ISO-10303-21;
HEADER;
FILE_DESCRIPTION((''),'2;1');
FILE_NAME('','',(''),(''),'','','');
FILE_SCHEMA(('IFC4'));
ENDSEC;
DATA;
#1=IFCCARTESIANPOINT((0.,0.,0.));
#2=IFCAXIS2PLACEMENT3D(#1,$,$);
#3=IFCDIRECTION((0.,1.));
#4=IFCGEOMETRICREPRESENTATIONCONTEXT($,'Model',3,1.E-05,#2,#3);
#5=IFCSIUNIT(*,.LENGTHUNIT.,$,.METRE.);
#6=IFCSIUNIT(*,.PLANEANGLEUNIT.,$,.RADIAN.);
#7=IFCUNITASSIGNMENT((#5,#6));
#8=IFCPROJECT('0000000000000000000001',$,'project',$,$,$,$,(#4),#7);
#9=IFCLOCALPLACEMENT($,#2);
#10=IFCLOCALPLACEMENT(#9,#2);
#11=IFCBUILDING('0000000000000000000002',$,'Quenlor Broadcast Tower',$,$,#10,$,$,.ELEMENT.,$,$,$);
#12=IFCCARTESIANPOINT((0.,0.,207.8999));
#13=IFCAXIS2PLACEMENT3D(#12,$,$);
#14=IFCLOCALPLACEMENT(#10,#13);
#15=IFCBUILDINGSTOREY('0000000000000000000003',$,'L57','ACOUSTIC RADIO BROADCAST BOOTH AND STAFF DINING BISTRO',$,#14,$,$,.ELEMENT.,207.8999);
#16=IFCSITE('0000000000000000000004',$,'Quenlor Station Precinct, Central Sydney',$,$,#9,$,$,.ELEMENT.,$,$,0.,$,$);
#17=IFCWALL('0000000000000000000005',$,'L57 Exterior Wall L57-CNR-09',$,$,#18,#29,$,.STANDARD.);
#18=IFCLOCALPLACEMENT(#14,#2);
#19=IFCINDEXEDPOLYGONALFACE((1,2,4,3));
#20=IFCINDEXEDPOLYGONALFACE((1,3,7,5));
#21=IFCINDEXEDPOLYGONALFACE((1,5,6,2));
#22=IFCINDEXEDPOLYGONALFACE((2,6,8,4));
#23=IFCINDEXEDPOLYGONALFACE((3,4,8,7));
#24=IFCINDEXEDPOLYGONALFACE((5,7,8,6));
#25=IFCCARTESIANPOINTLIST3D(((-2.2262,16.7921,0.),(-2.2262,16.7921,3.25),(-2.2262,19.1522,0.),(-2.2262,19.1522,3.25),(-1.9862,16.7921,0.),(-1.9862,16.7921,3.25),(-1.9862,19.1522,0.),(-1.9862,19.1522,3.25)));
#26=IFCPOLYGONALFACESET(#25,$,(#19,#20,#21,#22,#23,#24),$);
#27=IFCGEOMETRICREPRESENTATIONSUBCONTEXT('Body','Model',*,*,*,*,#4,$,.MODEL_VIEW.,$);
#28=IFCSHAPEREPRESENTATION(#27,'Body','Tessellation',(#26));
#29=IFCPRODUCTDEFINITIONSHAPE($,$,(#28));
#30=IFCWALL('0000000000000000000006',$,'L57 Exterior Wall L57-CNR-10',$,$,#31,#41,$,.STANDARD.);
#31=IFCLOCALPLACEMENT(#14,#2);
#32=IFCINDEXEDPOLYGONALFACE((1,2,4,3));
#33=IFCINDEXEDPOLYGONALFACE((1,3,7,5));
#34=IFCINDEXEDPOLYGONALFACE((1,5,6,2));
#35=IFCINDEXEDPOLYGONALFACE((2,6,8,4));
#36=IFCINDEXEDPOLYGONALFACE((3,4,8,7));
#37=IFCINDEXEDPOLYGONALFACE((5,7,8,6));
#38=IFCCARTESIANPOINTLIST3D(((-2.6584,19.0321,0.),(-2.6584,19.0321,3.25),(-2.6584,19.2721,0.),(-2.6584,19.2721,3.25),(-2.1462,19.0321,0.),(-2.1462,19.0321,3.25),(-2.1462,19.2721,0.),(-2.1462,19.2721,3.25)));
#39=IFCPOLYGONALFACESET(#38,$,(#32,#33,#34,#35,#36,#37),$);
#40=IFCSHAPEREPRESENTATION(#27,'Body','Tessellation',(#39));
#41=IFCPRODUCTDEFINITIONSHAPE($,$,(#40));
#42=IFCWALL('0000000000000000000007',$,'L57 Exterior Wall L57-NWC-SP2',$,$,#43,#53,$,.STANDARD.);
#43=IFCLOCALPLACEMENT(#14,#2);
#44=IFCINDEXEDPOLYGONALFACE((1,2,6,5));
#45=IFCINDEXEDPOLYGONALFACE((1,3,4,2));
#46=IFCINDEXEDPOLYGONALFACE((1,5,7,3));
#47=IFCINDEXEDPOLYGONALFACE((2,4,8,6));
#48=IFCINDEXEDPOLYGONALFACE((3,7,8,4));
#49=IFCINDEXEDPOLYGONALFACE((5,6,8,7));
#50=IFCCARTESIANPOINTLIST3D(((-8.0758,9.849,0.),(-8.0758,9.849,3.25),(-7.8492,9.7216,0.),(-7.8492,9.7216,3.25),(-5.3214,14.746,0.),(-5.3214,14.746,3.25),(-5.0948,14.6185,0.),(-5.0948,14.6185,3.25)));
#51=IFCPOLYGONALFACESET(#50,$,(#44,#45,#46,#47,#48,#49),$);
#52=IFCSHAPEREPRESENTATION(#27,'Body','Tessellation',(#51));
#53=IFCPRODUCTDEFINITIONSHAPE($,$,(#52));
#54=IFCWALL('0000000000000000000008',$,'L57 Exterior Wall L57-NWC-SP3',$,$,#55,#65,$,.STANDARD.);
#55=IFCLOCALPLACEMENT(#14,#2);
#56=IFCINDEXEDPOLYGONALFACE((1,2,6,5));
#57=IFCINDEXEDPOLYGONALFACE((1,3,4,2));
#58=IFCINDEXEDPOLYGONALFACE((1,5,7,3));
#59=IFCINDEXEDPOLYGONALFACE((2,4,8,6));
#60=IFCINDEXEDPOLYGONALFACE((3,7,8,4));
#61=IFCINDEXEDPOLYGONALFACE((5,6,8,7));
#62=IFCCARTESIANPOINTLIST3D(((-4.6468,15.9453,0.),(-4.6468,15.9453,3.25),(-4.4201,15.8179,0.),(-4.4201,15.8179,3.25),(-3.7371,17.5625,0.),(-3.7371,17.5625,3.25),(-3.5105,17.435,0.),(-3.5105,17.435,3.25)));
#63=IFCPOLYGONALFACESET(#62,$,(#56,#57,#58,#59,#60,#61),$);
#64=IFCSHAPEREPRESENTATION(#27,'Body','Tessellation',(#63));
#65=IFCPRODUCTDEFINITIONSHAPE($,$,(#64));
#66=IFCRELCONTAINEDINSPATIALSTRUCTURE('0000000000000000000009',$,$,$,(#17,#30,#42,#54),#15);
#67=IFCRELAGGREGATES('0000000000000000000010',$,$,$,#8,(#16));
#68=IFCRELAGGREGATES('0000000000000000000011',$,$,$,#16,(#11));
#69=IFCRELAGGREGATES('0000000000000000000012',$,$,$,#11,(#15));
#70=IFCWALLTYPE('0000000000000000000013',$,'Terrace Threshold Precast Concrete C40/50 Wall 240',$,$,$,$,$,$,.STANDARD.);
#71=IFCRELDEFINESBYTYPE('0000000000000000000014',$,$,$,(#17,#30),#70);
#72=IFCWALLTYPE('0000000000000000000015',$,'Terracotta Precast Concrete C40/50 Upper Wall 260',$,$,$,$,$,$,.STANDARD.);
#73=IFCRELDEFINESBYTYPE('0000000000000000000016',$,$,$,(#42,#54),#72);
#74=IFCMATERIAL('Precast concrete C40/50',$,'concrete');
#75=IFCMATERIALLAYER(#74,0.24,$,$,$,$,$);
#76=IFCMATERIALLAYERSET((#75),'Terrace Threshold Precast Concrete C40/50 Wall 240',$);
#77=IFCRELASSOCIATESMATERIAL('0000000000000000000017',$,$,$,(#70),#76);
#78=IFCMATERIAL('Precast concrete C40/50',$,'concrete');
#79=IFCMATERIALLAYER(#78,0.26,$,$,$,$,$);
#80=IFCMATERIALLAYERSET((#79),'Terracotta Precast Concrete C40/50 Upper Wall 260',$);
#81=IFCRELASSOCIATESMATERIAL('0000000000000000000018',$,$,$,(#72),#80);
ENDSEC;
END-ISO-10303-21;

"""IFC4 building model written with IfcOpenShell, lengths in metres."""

from ifc_helpers import new_model, si_unit, direction, frame, frame_2d, origin, place, context, subcontext, project, spatial, rectangle, extrude, material, layer, layer_set, type_object, element, save


model = new_model("IFC4")

# Units and contexts
model_context = context("Model", 3, precision=1e-05, world=origin(), true_north=direction((0.0, 1.0)))
body_context = subcontext(model_context, "Body", "Model", "MODEL_VIEW")
ifc_project = project(units=[si_unit("LENGTHUNIT", "METRE"), si_unit("PLANEANGLEUNIT", "RADIAN")], contexts=[model_context])

# Site, building, storey
site_placement = place(None, origin())
site = spatial("IfcSite", under=ifc_project, at=site_placement, Name="Quenlor Station Precinct, Central Sydney", CompositionType="ELEMENT", RefElevation=0.0)
building_placement = place(site_placement, origin())
building = spatial("IfcBuilding", under=site, at=building_placement, Name="Quenlor Broadcast Tower", CompositionType="ELEMENT")
storey_placement = place(building_placement, frame((0.0, 0.0, 207.8999)))
storey = spatial("IfcBuildingStorey", under=building, at=storey_placement, Name="L57", Description="ACOUSTIC RADIO BROADCAST BOOTH AND STAFF DINING BISTRO", CompositionType="ELEMENT", Elevation=207.8999)

# Walls
ifc_material_1 = material(Name="Precast concrete C40/50", Category="concrete")
ifc_layer_1 = layer(ifc_material_1, 0.24)
ifc_layer_set_1 = layer_set([ifc_layer_1], Name="Terrace Threshold Precast Concrete C40/50 Wall 240")
wall_type_1 = type_object("IfcWallType", Name="Terrace Threshold Precast Concrete C40/50 Wall 240", PredefinedType="STANDARD", material=ifc_layer_set_1)
wall_1_placement = place(storey_placement, frame((-2.1062, 16.792, 0.0), z_axis=(0.0, 0.0, 1.0), x_axis=(0.0, 1.0, 0.0)))
element("IfcWall", 1, at=wall_1_placement, inside=storey, type_object=wall_type_1, Name="L57 Exterior Wall L57-CNR-09", PredefinedType="STANDARD", context=body_context, shape_type="SweptSolid", body=[
    extrude(rectangle(XDim=2.3601, YDim=0.24, at=frame_2d((1.1802, 0.0))), origin(), (0.0, 0.0, 1.0), 3.25),
])
wall_2_placement = place(storey_placement, frame((-2.1462, 19.1521, 0.0), z_axis=(0.0, 0.0, 1.0), x_axis=(-1.0, 0.0, 0.0)))
element("IfcWall", 2, at=wall_2_placement, inside=storey, type_object=wall_type_1, Name="L57 Exterior Wall L57-CNR-10", PredefinedType="STANDARD", context=body_context, shape_type="SweptSolid", body=[
    extrude(rectangle(XDim=0.5122, YDim=0.24, at=frame_2d((0.2561, 0.0))), origin(), (0.0, 0.0, 1.0), 3.25),
])
ifc_material_2 = material(Name="Precast concrete C40/50", Category="concrete")
ifc_layer_2 = layer(ifc_material_2, 0.26)
ifc_layer_set_2 = layer_set([ifc_layer_2], Name="Terracotta Precast Concrete C40/50 Upper Wall 260")
wall_type_2 = type_object("IfcWallType", Name="Terracotta Precast Concrete C40/50 Upper Wall 260", PredefinedType="STANDARD", material=ifc_layer_set_2)
wall_3_placement = place(storey_placement, frame((-7.9624, 9.7854, 0.0), z_axis=(0.0, 0.0, 1.0), x_axis=(0.490241, 0.871587, 0.0)))
element("IfcWall", 3, at=wall_3_placement, inside=storey, type_object=wall_type_2, Name="L57 Exterior Wall L57-NWC-SP2", PredefinedType="STANDARD", context=body_context, shape_type="SweptSolid", body=[
    extrude(rectangle(XDim=5.6184, YDim=0.26, at=frame_2d((2.8091, 0.0))), origin(), (0.0, 0.0, 1.0), 3.25),
])
wall_4_placement = place(storey_placement, frame((-4.5334, 15.8816, 0.0), z_axis=(0.0, 0.0, 1.0), x_axis=(0.490261, 0.871576, 0.0)))
element("IfcWall", 4, at=wall_4_placement, inside=storey, type_object=wall_type_2, Name="L57 Exterior Wall L57-NWC-SP3", PredefinedType="STANDARD", context=body_context, shape_type="SweptSolid", body=[
    extrude(rectangle(XDim=1.8555, YDim=0.26, at=frame_2d((0.9277, 0.0))), origin(), (0.0, 0.0, 1.0), 3.25),
])

save(model, "model.ifc")
